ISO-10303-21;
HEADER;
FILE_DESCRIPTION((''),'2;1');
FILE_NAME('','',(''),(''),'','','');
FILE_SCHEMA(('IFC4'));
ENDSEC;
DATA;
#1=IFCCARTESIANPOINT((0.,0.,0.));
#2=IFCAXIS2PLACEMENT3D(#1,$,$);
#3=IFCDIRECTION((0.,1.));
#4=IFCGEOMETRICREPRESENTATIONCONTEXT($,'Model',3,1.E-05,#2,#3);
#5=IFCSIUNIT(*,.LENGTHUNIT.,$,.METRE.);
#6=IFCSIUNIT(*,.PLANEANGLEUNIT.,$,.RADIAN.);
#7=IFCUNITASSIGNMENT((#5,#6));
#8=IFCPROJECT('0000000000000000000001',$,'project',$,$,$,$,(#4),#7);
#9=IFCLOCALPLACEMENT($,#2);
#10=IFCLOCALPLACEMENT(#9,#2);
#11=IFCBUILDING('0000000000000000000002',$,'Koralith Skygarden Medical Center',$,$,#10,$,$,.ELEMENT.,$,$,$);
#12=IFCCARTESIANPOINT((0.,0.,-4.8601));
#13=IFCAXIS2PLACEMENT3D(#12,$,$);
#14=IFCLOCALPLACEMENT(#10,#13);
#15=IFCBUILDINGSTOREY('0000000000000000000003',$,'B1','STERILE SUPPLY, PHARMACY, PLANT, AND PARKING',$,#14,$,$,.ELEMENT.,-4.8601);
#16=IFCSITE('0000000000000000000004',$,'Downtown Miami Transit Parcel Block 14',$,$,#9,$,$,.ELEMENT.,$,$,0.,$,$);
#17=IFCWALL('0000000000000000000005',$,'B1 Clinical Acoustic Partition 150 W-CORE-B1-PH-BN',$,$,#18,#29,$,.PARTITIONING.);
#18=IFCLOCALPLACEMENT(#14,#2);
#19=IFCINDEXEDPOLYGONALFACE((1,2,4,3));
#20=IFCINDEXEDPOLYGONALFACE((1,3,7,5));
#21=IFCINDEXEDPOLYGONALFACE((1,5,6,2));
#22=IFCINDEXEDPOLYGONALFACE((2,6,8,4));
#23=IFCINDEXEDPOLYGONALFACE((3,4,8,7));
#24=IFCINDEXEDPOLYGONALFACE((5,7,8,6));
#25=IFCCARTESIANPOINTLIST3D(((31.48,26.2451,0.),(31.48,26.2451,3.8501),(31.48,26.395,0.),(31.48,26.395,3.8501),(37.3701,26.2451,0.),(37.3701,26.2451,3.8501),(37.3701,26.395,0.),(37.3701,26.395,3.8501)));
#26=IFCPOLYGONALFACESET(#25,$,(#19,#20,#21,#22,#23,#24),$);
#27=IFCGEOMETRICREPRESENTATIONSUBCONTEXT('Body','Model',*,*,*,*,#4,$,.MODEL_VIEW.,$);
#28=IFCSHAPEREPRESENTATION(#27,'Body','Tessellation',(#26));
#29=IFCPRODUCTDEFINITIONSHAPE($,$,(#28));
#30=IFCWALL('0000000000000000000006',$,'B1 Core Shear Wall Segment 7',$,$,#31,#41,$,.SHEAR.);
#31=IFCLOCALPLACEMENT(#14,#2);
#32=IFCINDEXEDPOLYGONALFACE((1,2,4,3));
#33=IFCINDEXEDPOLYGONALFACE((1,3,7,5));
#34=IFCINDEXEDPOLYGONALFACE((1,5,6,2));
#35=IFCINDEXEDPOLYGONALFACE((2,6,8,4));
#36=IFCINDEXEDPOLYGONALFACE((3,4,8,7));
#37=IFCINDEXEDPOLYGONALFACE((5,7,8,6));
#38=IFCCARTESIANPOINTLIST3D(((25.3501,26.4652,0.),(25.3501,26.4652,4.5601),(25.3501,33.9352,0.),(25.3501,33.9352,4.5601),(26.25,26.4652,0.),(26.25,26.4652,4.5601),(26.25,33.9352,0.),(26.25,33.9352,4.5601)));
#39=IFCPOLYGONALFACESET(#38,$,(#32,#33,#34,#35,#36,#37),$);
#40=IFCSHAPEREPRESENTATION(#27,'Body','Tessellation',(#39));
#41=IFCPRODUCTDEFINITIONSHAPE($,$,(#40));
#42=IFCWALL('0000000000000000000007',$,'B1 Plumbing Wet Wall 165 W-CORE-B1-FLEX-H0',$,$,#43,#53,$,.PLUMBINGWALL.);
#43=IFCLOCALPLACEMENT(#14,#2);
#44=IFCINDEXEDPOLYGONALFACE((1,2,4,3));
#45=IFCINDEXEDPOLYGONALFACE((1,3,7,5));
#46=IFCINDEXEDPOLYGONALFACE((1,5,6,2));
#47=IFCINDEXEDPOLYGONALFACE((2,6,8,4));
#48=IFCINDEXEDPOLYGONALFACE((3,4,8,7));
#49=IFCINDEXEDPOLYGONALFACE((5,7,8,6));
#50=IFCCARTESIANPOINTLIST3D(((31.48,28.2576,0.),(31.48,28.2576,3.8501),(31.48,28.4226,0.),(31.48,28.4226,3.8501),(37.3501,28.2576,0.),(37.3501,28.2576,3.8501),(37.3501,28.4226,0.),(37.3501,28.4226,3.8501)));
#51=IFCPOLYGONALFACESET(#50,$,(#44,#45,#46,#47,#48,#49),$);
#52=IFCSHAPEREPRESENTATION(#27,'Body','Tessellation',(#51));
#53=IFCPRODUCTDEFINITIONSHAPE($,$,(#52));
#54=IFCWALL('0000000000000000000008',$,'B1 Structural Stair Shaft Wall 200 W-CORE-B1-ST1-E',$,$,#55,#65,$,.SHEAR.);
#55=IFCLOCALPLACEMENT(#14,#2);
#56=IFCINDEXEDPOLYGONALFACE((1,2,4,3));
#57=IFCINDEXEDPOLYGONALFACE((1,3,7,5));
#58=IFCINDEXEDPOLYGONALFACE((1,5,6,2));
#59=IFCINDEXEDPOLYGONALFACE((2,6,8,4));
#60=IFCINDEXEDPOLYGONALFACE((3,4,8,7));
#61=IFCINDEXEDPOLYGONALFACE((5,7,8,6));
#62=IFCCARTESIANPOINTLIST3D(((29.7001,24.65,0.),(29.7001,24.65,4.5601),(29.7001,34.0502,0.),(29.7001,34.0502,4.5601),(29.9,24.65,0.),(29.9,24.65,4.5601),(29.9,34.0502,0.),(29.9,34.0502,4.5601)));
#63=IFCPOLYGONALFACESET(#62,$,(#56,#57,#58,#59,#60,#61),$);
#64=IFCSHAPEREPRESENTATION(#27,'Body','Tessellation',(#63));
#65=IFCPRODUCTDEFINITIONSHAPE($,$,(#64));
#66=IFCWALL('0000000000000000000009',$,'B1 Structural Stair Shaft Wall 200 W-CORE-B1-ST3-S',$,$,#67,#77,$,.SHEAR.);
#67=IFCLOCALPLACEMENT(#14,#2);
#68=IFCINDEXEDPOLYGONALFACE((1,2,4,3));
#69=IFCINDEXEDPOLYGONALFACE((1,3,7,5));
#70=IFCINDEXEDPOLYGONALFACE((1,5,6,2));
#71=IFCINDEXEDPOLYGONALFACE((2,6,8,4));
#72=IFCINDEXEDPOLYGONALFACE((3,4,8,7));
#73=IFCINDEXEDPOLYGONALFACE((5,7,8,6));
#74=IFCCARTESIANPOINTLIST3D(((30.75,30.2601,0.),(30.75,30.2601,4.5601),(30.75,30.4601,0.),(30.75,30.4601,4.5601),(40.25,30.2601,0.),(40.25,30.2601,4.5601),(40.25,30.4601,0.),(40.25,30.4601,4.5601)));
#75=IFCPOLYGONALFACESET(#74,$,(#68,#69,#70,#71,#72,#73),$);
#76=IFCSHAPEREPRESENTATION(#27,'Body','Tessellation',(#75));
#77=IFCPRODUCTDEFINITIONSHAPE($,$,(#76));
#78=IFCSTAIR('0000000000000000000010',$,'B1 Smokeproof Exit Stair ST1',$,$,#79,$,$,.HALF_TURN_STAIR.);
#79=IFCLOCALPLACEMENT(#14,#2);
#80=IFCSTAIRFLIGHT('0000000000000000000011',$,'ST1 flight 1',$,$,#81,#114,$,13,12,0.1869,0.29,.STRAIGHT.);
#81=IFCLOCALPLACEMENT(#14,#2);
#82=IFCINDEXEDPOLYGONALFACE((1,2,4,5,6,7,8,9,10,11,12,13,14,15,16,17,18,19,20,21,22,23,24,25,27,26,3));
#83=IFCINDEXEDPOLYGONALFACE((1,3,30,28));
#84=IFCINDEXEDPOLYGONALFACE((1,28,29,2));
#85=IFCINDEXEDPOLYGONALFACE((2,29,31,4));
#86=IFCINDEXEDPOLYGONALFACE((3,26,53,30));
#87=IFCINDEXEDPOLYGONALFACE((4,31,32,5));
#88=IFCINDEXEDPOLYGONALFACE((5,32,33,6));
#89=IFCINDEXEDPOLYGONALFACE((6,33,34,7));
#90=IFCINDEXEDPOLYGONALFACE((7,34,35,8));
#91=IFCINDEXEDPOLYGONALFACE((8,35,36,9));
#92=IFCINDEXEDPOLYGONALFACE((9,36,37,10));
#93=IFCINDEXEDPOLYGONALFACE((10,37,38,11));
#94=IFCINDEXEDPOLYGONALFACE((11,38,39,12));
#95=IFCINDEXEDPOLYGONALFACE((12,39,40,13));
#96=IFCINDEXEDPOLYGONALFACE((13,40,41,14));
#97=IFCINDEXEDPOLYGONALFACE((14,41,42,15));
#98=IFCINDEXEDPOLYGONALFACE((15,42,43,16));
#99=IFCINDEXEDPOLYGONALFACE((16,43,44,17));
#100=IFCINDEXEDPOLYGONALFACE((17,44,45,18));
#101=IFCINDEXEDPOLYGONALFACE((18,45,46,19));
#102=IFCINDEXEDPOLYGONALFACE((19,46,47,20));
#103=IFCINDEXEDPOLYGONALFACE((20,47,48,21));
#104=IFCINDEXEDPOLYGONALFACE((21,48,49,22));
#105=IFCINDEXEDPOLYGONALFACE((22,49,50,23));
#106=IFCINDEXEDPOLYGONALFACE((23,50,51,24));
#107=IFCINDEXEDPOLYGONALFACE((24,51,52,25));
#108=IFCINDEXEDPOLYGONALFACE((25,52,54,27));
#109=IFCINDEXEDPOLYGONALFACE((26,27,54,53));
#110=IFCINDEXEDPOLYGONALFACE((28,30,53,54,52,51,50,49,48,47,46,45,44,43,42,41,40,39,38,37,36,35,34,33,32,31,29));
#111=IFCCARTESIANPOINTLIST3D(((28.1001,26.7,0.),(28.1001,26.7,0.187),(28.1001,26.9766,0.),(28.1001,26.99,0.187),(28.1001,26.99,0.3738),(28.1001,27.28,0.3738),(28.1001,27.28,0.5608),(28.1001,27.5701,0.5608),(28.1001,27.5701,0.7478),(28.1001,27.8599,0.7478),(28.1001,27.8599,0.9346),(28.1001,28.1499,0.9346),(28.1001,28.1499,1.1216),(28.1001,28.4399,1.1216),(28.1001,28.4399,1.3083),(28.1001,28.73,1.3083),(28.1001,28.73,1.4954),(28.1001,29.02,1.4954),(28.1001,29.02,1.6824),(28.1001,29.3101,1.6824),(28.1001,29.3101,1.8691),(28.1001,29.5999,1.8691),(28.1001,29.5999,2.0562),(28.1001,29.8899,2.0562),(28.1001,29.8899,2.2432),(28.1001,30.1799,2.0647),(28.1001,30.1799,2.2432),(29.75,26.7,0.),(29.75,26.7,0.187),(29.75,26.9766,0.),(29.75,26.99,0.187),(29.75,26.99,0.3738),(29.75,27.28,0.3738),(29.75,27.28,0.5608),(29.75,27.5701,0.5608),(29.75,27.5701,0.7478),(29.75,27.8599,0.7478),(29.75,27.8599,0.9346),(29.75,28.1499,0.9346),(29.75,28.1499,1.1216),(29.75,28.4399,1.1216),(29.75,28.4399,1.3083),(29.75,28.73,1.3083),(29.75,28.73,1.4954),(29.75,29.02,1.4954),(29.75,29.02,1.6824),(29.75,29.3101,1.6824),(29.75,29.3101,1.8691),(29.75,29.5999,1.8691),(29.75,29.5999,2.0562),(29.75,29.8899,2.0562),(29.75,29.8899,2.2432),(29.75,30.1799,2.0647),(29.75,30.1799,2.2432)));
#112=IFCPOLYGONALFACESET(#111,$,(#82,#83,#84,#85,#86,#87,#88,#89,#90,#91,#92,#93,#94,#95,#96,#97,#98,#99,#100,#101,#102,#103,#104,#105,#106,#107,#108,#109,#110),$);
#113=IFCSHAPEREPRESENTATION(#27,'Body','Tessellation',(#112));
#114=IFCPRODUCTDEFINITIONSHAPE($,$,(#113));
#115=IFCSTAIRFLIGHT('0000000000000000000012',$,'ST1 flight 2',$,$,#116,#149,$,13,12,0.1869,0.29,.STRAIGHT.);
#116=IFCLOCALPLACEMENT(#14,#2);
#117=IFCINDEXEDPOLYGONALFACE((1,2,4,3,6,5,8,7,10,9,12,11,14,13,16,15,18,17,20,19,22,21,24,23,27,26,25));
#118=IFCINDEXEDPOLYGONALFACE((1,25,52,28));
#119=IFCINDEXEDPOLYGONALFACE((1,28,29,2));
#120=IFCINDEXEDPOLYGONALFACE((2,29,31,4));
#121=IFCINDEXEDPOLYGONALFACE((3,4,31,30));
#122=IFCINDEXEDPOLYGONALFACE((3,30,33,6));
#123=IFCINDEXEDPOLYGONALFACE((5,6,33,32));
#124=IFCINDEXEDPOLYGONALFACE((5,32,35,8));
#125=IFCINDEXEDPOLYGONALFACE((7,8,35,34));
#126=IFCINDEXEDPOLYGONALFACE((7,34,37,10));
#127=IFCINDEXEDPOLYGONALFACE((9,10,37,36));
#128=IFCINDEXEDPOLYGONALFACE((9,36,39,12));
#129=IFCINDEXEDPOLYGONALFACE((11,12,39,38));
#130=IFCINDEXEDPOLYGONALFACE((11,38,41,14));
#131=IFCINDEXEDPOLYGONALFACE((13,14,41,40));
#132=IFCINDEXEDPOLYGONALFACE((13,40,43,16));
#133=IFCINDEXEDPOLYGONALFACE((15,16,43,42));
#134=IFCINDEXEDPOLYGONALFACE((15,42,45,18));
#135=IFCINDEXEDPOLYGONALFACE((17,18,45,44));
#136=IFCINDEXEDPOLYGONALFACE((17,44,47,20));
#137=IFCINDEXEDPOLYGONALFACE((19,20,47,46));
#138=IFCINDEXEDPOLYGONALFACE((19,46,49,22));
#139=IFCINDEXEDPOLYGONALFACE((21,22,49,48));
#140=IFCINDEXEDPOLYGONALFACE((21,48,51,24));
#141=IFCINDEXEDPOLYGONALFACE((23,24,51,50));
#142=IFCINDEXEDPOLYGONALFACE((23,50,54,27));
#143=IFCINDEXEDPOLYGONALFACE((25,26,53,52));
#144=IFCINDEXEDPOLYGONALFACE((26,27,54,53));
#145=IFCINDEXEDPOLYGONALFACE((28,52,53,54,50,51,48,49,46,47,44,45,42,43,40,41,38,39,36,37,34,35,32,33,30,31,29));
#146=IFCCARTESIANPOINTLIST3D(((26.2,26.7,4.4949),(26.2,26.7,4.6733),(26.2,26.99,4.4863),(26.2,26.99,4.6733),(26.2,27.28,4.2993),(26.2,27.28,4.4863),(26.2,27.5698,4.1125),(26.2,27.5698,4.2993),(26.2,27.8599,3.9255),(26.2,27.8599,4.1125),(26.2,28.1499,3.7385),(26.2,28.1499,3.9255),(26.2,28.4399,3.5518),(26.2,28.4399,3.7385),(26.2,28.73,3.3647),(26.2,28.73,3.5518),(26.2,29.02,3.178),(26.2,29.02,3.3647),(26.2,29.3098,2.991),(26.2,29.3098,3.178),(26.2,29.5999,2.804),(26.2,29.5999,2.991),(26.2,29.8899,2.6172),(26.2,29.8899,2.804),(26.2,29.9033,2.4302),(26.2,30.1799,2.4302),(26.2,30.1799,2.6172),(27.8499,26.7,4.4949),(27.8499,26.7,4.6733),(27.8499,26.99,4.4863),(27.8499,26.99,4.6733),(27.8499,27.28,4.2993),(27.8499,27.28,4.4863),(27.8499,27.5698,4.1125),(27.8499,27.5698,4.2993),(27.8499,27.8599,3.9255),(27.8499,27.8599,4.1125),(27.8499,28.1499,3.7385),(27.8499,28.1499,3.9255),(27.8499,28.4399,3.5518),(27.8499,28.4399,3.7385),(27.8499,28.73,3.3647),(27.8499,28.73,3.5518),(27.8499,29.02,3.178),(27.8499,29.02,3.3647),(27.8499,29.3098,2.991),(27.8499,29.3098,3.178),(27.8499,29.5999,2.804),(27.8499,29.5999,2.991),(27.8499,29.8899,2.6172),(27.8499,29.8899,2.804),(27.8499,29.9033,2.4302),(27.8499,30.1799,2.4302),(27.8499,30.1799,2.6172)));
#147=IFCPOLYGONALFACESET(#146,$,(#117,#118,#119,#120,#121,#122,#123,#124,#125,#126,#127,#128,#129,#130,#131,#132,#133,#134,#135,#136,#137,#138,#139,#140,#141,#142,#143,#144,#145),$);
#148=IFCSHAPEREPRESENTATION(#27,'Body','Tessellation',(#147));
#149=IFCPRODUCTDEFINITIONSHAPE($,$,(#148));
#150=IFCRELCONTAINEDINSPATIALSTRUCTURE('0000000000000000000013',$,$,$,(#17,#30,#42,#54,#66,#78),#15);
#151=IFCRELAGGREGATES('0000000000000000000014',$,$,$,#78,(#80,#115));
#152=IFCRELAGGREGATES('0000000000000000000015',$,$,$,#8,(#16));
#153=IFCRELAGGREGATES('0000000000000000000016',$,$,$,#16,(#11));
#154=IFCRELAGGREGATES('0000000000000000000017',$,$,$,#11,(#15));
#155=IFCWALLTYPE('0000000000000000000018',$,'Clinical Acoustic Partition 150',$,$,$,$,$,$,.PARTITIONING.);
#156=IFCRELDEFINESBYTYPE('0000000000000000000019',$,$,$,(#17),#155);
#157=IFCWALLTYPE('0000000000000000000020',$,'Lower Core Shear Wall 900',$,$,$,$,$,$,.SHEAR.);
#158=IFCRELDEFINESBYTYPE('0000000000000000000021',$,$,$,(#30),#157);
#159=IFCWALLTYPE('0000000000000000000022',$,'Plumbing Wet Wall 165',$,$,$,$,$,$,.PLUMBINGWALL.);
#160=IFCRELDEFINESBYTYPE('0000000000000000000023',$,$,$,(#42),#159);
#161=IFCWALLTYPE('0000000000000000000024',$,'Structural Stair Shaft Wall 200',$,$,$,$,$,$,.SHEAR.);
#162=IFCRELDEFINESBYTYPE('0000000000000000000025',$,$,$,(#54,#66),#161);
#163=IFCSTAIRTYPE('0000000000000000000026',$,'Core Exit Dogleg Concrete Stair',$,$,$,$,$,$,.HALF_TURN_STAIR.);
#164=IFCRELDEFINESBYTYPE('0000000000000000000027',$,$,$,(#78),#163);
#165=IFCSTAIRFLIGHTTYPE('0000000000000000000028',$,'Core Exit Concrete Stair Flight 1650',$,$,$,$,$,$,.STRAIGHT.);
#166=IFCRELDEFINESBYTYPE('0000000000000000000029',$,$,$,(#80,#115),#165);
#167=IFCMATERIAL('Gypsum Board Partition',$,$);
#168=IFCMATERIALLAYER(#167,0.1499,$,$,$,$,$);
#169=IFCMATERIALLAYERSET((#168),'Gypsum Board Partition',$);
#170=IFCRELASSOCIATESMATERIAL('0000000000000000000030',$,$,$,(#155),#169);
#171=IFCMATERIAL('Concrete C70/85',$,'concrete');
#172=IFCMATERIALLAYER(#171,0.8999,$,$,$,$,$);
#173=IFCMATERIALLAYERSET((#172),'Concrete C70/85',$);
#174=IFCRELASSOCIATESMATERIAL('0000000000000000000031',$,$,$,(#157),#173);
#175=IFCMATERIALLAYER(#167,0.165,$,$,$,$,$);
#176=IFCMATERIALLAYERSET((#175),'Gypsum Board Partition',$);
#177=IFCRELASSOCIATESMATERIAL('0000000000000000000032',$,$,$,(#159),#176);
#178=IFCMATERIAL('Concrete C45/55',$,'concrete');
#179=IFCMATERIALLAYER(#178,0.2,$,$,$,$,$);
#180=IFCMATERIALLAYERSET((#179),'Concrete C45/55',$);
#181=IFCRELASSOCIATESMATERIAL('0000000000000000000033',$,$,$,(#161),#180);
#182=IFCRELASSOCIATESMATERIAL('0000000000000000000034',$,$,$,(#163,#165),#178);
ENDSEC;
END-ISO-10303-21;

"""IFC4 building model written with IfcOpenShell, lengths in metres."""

from ifc_helpers import new_model, si_unit, direction, frame, frame_2d, origin, place, context, subcontext, project, spatial, polyline, rectangle, outline, extrude, material, layer, layer_set, type_object, element, aggregate, save


model = new_model("IFC4")

# Units and contexts
model_context = context("Model", 3, precision=1e-05, world=origin(), true_north=direction((0.0, 1.0)))
body_context = subcontext(model_context, "Body", "Model", "MODEL_VIEW")
ifc_project = project(units=[si_unit("LENGTHUNIT", "METRE"), si_unit("PLANEANGLEUNIT", "RADIAN")], contexts=[model_context])

# Site, building, storey
site_placement = place(None, origin())
site = spatial("IfcSite", under=ifc_project, at=site_placement, Name="Downtown Miami Transit Parcel Block 14", CompositionType="ELEMENT", RefElevation=0.0)
building_placement = place(site_placement, origin())
building = spatial("IfcBuilding", under=site, at=building_placement, Name="Koralith Skygarden Medical Center", CompositionType="ELEMENT")
storey_placement = place(building_placement, frame((0.0, 0.0, -4.8601)))
storey = spatial("IfcBuildingStorey", under=building, at=storey_placement, Name="B1", Description="STERILE SUPPLY, PHARMACY, PLANT, AND PARKING", CompositionType="ELEMENT", Elevation=-4.8601)

# Shared definitions
ifc_material_1 = material(Name="Concrete C70/85", Category="concrete")

# Shared definitions
ifc_material_2 = material(Name="Gypsum Board Partition")
ifc_layer_1 = layer(ifc_material_2, 0.1499)
ifc_layer_set_1 = layer_set([ifc_layer_1], Name="Gypsum Board Partition")
wall_type_1 = type_object("IfcWallType", Name="Clinical Acoustic Partition 150", PredefinedType="PARTITIONING", material=ifc_layer_set_1)

# Walls
wall_1_placement = place(storey_placement, frame((31.48, 26.3201, 0.0), z_axis=(0.0, 0.0, 1.0), x_axis=(1.0, 0.0, 0.0)))
element("IfcWall", 1, at=wall_1_placement, inside=storey, type_object=wall_type_1, Name="B1 Clinical Acoustic Partition 150 W-CORE-B1-PH-BN", PredefinedType="PARTITIONING", context=body_context, shape_type="SweptSolid", body=[
    extrude(rectangle(XDim=5.8901, YDim=0.1499, at=frame_2d((2.9451, 0.0))), origin(), (0.0, 0.0, 1.0), 3.8501),
])
ifc_layer_2 = layer(ifc_material_1, 0.8999)
ifc_layer_set_2 = layer_set([ifc_layer_2], Name="Concrete C70/85")
wall_type_2 = type_object("IfcWallType", Name="Lower Core Shear Wall 900", PredefinedType="SHEAR", material=ifc_layer_set_2)
wall_2_placement = place(storey_placement, frame((25.8, 33.9351, 0.0), z_axis=(0.0, 0.0, 1.0), x_axis=(0.0, -1.0, 0.0)))
element("IfcWall", 2, at=wall_2_placement, inside=storey, type_object=wall_type_2, Name="B1 Core Shear Wall Segment 7", PredefinedType="SHEAR", context=body_context, shape_type="SweptSolid", body=[
    extrude(rectangle(XDim=7.47, YDim=0.8999, at=frame_2d((3.7349, 0.0))), origin(), (0.0, 0.0, 1.0), 4.5601),
])

# Shared definitions
ifc_layer_3 = layer(ifc_material_2, 0.165)
ifc_layer_set_3 = layer_set([ifc_layer_3], Name="Gypsum Board Partition")
wall_type_3 = type_object("IfcWallType", Name="Plumbing Wet Wall 165", PredefinedType="PLUMBINGWALL", material=ifc_layer_set_3)

# Walls
wall_3_placement = place(storey_placement, frame((31.48, 28.3401, 0.0), z_axis=(0.0, 0.0, 1.0), x_axis=(1.0, 0.0, 0.0)))
element("IfcWall", 3, at=wall_3_placement, inside=storey, type_object=wall_type_3, Name="B1 Plumbing Wet Wall 165 W-CORE-B1-FLEX-H0", PredefinedType="PLUMBINGWALL", context=body_context, shape_type="SweptSolid", body=[
    extrude(rectangle(XDim=5.8701, YDim=0.165, at=frame_2d((2.9351, 0.0))), origin(), (0.0, 0.0, 1.0), 3.8501),
])
ifc_material_3 = material(Name="Concrete C45/55", Category="concrete")
ifc_layer_4 = layer(ifc_material_3, 0.2)
ifc_layer_set_4 = layer_set([ifc_layer_4], Name="Concrete C45/55")
wall_type_4 = type_object("IfcWallType", Name="Structural Stair Shaft Wall 200", PredefinedType="SHEAR", material=ifc_layer_set_4)
wall_4_placement = place(storey_placement, frame((29.8, 24.6499, 0.0), z_axis=(0.0, 0.0, 1.0), x_axis=(0.0, 1.0, 0.0)))
element("IfcWall", 4, at=wall_4_placement, inside=storey, type_object=wall_type_4, Name="B1 Structural Stair Shaft Wall 200 W-CORE-B1-ST1-E", PredefinedType="SHEAR", context=body_context, shape_type="SweptSolid", body=[
    extrude(rectangle(XDim=9.4001, YDim=0.2, at=frame_2d((4.7002, 0.0))), origin(), (0.0, 0.0, 1.0), 4.5601),
])

# Wall
wall_5_placement = place(storey_placement, frame((30.75, 30.3601, 0.0), z_axis=(0.0, 0.0, 1.0), x_axis=(1.0, 0.0, 0.0)))
element("IfcWall", 5, at=wall_5_placement, inside=storey, type_object=wall_type_4, Name="B1 Structural Stair Shaft Wall 200 W-CORE-B1-ST3-S", PredefinedType="SHEAR", context=body_context, shape_type="SweptSolid", body=[
    extrude(rectangle(XDim=9.5, YDim=0.2, at=frame_2d((4.75, 0.0))), origin(), (0.0, 0.0, 1.0), 4.5601),
])

# Stair, stair flights
stair_type = type_object("IfcStairType", Name="Core Exit Dogleg Concrete Stair", PredefinedType="HALF_TURN_STAIR", material=ifc_material_3)
stair_placement = place(storey_placement, origin())
stair = element("IfcStair", 6, at=stair_placement, inside=storey, type_object=stair_type, Name="B1 Smokeproof Exit Stair ST1", PredefinedType="HALF_TURN_STAIR")
stair_flight_type = type_object("IfcStairFlightType", Name="Core Exit Concrete Stair Flight 1650", PredefinedType="STRAIGHT", material=ifc_material_3)
stair_flight_1_placement = place(storey_placement, frame((28.925, 26.7, 0.0), z_axis=(0.0, 0.0, 1.0), x_axis=(0.0, 1.0, 0.0)))
stair_flight_1 = element("IfcStairFlight", 7, at=stair_flight_1_placement, type_object=stair_flight_type, Name="ST1 flight 1", NumberOfRisers=13, NumberOfTreads=12, PredefinedType="STRAIGHT", RiserHeight=0.1869, TreadLength=0.29, context=body_context, shape_type="SweptSolid", body=[
    extrude(outline(polyline([(0.0, 0.0), (0.0, 0.187), (0.29, 0.187), (0.29, 0.3738), (0.5801, 0.3738), (0.5801, 0.5608), (0.8701, 0.5608), (0.8701, 0.7478), (1.1599, 0.7478), (1.1599, 0.9346), (1.45, 0.9346), (1.45, 1.1216), (1.74, 1.1216), (1.74, 1.3083), (2.03, 1.3083), (2.03, 1.4954), (2.3201, 1.4954), (2.3201, 1.6824), (2.6101, 1.6824), (2.6101, 1.8691), (2.8999, 1.8691), (2.8999, 2.0562), (3.1899, 2.0562), (3.1899, 2.2432), (3.48, 2.2432), (3.48, 2.4299), (3.48, 2.0647), (0.2766, 0.0), (0.0, 0.0)])), frame((0.0, 0.825, 0.0), z_axis=(0.0, -1.0, 0.0), x_axis=(1.0, 0.0, 0.0)), (0.0, 0.0, 1.0), 1.6499),
])
stair_flight_2_placement = place(storey_placement, frame((27.0249, 30.1799, 2.4302), z_axis=(0.0, 0.0, 1.0), x_axis=(0.0, -1.0, 0.0)))
stair_flight_2 = element("IfcStairFlight", 8, at=stair_flight_2_placement, type_object=stair_flight_type, Name="ST1 flight 2", NumberOfRisers=13, NumberOfTreads=12, PredefinedType="STRAIGHT", RiserHeight=0.1869, TreadLength=0.29, context=body_context, shape_type="SweptSolid", body=[
    extrude(outline(polyline([(0.0, 0.0), (0.0, 0.187), (0.29, 0.187), (0.29, 0.3738), (0.5801, 0.3738), (0.5801, 0.5608), (0.8701, 0.5608), (0.8701, 0.7478), (1.1599, 0.7478), (1.1599, 0.9346), (1.45, 0.9346), (1.45, 1.1216), (1.74, 1.1216), (1.74, 1.3083), (2.03, 1.3083), (2.03, 1.4954), (2.3201, 1.4954), (2.3201, 1.6824), (2.6101, 1.6824), (2.6101, 1.8691), (2.8999, 1.8691), (2.8999, 2.0562), (3.1899, 2.0562), (3.1899, 2.2432), (3.48, 2.2432), (3.48, 2.4299), (3.48, 2.0647), (0.2766, 0.0), (0.0, 0.0)])), frame((0.0, 0.825, 0.0), z_axis=(0.0, -1.0, 0.0), x_axis=(1.0, 0.0, 0.0)), (0.0, 0.0, 1.0), 1.6499),
])
aggregate(stair, [stair_flight_1, stair_flight_2])

save(model, "model.ifc")
